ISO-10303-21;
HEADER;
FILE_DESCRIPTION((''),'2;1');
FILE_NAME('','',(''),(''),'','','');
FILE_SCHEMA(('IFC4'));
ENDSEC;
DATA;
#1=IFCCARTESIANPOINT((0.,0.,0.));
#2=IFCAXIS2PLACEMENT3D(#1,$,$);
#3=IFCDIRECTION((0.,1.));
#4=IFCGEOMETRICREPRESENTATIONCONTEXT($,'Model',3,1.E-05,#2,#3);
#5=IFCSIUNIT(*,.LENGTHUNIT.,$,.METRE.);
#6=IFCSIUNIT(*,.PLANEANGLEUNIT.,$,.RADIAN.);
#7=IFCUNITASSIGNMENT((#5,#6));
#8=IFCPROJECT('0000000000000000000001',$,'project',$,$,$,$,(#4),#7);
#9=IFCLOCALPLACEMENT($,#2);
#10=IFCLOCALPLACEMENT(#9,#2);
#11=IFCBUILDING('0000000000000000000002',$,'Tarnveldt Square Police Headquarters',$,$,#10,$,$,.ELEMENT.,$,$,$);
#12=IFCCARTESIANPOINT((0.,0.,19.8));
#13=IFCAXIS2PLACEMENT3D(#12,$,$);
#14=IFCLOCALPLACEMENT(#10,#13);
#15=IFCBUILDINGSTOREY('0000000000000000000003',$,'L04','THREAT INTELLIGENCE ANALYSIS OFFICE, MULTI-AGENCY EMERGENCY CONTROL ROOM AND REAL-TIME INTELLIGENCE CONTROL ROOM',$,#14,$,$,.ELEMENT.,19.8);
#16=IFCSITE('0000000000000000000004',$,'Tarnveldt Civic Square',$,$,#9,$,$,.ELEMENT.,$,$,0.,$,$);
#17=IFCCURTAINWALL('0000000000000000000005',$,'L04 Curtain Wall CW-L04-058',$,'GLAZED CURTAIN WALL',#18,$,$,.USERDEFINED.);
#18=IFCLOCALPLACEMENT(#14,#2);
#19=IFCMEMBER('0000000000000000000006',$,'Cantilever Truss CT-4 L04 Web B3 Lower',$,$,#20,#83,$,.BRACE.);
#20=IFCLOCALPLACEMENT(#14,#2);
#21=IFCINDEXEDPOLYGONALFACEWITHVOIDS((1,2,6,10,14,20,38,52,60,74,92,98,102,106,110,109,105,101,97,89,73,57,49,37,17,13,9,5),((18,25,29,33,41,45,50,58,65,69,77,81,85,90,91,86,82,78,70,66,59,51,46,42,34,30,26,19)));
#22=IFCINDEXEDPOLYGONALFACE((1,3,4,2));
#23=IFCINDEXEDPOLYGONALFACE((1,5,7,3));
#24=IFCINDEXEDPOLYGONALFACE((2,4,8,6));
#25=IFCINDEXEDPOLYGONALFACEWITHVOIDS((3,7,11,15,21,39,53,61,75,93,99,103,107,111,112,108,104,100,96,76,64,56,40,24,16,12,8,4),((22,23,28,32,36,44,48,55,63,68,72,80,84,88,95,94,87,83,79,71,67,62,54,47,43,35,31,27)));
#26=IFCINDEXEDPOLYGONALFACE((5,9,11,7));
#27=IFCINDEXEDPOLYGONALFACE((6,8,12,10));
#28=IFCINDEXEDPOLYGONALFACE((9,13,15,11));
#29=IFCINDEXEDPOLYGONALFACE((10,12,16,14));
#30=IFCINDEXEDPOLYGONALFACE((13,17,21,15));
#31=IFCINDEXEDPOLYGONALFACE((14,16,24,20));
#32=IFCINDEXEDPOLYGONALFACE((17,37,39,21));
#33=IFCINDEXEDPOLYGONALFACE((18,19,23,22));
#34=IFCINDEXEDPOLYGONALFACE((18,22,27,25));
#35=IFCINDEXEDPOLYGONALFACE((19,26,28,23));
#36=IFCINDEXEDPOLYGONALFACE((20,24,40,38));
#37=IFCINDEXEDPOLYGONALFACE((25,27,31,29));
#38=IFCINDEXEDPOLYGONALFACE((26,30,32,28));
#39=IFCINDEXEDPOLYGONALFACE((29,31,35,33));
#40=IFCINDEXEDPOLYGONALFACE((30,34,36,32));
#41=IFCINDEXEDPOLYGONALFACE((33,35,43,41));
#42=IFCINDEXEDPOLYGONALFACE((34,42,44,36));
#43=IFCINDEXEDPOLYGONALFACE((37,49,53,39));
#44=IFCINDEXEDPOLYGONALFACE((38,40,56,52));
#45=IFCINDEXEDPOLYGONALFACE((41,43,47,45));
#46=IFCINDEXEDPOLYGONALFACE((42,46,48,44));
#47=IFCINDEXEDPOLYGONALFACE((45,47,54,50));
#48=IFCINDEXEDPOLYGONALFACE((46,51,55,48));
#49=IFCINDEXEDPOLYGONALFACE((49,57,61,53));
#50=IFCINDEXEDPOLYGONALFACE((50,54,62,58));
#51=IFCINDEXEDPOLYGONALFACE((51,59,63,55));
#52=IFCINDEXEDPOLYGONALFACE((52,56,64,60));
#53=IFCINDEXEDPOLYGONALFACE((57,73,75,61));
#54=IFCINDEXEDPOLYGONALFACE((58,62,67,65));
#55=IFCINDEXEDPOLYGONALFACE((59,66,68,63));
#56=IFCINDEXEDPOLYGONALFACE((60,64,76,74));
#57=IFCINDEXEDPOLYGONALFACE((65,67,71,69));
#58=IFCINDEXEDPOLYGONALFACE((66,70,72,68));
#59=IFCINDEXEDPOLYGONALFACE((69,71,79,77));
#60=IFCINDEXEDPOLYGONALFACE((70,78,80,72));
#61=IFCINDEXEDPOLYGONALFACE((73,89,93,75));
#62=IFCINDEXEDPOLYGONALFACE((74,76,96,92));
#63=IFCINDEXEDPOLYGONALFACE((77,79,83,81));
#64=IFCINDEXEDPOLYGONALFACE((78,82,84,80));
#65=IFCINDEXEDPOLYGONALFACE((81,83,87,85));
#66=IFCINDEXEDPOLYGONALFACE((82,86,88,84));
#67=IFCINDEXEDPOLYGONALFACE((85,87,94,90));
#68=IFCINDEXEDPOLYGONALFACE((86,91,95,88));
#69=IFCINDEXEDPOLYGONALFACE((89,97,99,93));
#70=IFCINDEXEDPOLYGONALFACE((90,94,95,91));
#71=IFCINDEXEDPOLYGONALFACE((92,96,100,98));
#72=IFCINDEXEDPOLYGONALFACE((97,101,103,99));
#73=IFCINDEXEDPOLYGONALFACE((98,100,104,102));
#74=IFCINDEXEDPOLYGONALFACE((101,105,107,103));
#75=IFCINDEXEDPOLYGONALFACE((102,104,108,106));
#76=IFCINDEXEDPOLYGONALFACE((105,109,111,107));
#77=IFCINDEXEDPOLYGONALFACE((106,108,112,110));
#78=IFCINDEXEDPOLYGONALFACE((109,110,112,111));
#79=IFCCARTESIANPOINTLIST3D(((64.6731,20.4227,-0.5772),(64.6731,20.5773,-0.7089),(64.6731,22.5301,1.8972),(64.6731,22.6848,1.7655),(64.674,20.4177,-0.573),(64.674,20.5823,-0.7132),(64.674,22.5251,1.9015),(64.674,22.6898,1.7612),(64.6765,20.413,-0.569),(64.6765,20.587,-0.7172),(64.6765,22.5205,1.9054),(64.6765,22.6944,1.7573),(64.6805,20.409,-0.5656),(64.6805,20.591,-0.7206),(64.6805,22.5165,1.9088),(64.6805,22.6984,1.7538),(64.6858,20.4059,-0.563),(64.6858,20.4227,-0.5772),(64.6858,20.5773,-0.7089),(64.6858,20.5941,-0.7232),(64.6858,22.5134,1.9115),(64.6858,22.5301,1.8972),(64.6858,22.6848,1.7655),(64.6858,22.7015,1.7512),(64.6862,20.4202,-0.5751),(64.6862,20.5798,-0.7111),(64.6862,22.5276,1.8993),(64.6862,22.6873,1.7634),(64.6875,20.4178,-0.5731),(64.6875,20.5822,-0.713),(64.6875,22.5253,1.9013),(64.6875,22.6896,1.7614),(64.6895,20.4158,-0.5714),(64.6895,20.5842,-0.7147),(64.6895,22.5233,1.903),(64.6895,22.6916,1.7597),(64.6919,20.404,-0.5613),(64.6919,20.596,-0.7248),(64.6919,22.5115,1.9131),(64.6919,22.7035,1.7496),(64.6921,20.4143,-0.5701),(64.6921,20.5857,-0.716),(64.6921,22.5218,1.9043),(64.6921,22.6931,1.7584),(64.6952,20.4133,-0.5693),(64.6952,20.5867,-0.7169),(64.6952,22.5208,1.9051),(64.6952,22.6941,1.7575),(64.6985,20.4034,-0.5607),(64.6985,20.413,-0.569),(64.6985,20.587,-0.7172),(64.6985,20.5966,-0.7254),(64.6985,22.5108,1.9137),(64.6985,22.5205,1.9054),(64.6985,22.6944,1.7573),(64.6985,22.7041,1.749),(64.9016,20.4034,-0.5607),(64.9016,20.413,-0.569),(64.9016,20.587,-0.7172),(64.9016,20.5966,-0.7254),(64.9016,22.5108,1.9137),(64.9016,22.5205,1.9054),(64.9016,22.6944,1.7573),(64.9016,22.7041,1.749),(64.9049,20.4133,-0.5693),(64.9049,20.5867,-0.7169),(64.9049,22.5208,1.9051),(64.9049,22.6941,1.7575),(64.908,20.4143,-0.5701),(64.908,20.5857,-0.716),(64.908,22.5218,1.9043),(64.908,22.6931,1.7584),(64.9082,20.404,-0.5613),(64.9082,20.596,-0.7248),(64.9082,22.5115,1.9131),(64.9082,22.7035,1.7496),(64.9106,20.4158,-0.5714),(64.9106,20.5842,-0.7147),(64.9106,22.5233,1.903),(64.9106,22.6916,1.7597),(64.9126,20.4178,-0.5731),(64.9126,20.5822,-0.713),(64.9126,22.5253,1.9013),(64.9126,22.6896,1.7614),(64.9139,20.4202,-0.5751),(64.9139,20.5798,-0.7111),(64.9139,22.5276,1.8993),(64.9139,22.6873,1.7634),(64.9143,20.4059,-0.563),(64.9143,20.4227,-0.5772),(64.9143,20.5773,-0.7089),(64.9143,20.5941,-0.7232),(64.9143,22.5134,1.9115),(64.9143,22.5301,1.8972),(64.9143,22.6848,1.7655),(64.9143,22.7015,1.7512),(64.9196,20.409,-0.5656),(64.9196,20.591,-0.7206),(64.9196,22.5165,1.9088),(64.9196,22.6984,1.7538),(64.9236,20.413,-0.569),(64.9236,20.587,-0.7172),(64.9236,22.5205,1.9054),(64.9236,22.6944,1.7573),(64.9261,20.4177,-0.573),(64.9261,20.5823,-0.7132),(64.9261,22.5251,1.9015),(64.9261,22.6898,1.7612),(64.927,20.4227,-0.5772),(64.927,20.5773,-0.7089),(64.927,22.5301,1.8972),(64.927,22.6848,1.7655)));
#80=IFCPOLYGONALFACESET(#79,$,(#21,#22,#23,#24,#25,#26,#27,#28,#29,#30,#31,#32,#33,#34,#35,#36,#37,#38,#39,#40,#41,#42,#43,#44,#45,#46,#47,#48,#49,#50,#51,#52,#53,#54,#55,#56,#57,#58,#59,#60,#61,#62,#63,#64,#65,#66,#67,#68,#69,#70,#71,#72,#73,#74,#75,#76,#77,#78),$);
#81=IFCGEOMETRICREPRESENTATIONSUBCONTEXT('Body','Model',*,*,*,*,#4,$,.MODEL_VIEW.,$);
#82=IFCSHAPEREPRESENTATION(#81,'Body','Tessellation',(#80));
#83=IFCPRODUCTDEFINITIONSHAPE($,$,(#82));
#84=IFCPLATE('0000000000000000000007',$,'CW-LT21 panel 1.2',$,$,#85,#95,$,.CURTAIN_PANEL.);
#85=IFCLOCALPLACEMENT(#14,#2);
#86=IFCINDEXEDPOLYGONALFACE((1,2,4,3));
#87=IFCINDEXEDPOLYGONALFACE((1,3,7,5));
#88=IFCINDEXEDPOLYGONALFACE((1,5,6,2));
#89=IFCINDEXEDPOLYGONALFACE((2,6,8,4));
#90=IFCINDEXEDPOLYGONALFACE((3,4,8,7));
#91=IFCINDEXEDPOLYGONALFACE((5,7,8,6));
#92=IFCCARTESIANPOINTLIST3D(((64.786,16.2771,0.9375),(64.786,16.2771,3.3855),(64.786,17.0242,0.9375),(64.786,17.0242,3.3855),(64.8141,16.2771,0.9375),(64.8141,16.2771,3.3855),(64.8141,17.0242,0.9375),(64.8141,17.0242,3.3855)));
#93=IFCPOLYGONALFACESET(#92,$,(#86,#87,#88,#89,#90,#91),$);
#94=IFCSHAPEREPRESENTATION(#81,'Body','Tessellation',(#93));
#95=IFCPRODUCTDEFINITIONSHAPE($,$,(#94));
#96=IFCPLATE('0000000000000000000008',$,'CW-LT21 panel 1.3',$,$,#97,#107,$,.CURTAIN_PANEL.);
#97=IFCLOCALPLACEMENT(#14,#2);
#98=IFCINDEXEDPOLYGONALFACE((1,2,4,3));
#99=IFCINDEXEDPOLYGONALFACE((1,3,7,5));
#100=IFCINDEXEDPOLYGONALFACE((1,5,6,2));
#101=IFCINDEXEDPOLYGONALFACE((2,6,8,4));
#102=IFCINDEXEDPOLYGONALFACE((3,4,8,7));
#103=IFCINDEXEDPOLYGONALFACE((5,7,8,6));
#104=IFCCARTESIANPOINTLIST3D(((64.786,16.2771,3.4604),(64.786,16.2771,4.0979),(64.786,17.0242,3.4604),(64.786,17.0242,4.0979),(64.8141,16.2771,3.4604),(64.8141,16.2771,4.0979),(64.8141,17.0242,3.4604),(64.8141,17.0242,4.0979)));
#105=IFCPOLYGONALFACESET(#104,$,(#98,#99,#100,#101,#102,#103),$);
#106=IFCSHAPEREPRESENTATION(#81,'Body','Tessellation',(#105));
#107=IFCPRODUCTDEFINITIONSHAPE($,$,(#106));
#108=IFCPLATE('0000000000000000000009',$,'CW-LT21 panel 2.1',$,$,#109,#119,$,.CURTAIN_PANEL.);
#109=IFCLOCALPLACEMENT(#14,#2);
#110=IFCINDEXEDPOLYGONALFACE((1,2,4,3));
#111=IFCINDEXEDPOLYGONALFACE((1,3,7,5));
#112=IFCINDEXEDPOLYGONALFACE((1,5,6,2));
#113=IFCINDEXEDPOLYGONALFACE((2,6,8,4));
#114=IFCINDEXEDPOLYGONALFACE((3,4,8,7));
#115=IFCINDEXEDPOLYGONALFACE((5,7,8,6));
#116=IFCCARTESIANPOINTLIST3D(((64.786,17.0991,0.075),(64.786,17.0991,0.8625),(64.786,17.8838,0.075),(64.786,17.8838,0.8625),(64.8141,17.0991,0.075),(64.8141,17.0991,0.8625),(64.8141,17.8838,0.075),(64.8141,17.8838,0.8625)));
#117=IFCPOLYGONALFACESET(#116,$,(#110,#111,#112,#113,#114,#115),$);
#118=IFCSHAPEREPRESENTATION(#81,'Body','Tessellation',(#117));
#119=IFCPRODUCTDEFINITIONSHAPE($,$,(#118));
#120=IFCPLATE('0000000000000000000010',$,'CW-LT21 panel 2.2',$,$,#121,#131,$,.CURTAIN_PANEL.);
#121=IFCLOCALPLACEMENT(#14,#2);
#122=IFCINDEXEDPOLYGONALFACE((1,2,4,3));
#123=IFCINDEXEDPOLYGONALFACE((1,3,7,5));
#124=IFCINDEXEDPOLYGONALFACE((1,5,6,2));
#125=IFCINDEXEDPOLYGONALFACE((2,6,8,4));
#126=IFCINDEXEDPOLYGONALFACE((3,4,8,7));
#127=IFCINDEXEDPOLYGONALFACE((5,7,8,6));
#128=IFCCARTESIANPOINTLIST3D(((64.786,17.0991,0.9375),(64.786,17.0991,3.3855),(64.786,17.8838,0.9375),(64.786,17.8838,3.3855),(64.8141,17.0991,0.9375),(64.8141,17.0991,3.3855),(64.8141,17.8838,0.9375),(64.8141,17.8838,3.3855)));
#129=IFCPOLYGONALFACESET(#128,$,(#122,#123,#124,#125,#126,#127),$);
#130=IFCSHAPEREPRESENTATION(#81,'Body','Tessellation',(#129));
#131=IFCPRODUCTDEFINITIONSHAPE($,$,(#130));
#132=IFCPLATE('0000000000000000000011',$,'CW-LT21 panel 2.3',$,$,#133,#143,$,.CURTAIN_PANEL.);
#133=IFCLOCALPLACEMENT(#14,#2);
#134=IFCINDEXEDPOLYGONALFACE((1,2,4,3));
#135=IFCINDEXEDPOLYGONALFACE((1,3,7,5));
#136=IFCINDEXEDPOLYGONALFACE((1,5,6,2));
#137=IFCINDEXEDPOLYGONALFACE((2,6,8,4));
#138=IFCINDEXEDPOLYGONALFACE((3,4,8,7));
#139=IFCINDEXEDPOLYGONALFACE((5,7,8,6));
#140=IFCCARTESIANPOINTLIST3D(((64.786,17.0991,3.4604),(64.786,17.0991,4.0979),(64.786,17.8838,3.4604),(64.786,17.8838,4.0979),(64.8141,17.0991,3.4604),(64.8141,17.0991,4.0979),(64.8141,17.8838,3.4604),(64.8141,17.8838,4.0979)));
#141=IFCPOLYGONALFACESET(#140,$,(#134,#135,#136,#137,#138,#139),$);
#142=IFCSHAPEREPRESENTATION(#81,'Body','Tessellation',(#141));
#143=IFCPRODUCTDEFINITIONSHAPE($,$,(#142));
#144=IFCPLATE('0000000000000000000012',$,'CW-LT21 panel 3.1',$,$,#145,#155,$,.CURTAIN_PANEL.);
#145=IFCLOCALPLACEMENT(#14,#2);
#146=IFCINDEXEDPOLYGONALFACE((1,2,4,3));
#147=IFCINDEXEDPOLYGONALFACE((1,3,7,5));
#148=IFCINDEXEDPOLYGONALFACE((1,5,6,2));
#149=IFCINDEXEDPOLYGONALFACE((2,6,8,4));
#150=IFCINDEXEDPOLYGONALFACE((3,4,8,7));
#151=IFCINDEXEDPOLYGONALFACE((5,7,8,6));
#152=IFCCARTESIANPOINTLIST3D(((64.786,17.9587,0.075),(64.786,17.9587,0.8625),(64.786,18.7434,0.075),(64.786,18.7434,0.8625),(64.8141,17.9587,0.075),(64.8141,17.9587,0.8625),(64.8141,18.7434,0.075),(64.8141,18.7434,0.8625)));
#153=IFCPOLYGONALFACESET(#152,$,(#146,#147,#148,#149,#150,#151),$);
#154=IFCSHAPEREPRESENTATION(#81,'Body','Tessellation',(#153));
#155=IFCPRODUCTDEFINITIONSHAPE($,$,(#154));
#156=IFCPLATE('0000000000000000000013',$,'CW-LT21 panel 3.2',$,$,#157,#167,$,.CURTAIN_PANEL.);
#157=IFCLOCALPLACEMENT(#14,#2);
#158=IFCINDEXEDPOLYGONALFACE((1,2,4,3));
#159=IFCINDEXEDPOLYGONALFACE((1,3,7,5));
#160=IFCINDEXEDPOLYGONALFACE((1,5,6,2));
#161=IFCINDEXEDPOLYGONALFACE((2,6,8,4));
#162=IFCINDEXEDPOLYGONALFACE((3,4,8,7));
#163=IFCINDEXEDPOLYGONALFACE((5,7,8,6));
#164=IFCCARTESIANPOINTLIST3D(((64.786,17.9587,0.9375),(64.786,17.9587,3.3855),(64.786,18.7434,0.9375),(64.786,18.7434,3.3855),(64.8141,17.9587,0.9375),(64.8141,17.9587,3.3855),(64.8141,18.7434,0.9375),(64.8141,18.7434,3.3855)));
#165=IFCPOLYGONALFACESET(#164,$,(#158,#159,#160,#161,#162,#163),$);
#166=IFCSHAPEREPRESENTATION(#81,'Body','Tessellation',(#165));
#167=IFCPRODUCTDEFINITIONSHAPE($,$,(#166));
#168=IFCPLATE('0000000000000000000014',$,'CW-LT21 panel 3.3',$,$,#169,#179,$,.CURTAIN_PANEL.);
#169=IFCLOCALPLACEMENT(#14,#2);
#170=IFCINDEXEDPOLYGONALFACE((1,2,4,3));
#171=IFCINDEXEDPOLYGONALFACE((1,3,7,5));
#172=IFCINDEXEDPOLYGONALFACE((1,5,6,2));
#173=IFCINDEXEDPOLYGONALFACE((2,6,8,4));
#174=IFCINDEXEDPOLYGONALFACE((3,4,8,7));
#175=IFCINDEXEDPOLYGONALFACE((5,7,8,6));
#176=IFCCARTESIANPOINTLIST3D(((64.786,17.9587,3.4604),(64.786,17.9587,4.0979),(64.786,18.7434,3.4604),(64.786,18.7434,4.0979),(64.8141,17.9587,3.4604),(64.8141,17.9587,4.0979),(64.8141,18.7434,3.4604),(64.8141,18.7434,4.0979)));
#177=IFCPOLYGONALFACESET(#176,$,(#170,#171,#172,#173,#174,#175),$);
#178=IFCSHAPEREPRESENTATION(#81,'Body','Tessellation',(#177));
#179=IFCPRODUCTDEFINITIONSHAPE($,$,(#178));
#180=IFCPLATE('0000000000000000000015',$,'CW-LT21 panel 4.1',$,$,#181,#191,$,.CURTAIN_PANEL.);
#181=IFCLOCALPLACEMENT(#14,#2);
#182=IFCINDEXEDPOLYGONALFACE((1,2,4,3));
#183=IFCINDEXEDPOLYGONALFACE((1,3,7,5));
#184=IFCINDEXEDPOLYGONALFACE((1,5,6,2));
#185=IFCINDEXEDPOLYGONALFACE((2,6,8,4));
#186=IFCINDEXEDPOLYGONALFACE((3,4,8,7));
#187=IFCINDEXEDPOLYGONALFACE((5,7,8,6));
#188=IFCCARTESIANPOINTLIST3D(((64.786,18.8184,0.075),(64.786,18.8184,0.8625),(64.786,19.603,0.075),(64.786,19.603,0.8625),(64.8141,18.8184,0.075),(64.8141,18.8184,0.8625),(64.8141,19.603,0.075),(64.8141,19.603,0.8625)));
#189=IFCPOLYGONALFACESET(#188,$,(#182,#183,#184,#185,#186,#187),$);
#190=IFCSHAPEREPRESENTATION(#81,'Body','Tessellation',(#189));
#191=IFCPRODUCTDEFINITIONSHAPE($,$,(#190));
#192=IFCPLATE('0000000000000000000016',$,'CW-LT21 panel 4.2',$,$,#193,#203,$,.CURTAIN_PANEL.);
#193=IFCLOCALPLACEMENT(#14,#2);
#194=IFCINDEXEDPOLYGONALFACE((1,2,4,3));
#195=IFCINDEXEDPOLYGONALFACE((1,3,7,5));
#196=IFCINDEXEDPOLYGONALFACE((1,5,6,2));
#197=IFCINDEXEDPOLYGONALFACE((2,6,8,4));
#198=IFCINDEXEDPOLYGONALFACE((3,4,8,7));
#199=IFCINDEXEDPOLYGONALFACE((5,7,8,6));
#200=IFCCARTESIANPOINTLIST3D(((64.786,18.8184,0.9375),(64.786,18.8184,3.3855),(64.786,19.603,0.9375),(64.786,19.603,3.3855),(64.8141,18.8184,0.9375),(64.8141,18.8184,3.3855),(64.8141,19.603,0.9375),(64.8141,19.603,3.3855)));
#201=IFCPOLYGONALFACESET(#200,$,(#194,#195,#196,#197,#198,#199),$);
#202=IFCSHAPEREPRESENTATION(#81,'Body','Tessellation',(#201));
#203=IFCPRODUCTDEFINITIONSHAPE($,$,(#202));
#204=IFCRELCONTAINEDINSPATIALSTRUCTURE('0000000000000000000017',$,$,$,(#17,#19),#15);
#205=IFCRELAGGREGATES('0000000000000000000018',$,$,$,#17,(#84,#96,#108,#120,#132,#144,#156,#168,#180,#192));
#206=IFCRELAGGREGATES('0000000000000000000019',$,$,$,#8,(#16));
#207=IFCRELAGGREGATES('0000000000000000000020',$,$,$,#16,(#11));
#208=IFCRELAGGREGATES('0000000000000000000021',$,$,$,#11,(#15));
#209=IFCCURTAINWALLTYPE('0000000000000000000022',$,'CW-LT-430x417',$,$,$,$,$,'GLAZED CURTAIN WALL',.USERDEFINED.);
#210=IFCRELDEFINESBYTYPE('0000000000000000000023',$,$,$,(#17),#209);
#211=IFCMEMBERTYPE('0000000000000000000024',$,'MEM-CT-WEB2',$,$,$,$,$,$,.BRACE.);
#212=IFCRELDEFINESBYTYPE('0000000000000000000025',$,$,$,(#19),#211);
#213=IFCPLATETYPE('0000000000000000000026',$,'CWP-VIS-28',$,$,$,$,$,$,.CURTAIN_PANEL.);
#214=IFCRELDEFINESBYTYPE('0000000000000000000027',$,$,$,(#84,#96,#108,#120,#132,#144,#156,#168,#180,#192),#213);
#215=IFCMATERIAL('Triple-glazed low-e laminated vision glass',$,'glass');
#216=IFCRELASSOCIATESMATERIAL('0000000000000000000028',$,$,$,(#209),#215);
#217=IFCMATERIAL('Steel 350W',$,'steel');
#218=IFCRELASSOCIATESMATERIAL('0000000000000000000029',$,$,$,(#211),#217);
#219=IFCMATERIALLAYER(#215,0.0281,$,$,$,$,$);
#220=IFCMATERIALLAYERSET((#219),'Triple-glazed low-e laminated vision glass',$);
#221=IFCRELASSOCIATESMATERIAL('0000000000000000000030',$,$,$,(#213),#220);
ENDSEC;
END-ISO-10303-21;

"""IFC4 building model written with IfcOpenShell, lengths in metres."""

from ifc_helpers import new_model, si_unit, direction, frame, origin, origin_2d, place, context, subcontext, project, spatial, rectangle, hollow_rectangle, extrude, material, layer, layer_set, material_profile, profile_set, type_object, element, aggregate, save


model = new_model("IFC4")

# Units and contexts
model_context = context("Model", 3, precision=1e-05, world=origin(), true_north=direction((0.0, 1.0)))
body_context = subcontext(model_context, "Body", "Model", "MODEL_VIEW")
ifc_project = project(units=[si_unit("LENGTHUNIT", "METRE"), si_unit("PLANEANGLEUNIT", "RADIAN")], contexts=[model_context])

# Site, building, storey
site_placement = place(None, origin())
site = spatial("IfcSite", under=ifc_project, at=site_placement, Name="Tarnveldt Civic Square", CompositionType="ELEMENT", RefElevation=0.0)
building_placement = place(site_placement, origin())
building = spatial("IfcBuilding", under=site, at=building_placement, Name="Tarnveldt Square Police Headquarters", CompositionType="ELEMENT")
storey_placement = place(building_placement, frame((0.0, 0.0, 19.8)))
storey = spatial("IfcBuildingStorey", under=building, at=storey_placement, Name="L04", Description="THREAT INTELLIGENCE ANALYSIS OFFICE, MULTI-AGENCY EMERGENCY CONTROL ROOM AND REAL-TIME INTELLIGENCE CONTROL ROOM", CompositionType="ELEMENT", Elevation=19.8)

# Curtain wall
ifc_material_1 = material(Name="Triple-glazed low-e laminated vision glass", Category="glass")
curtain_wall_type = type_object("IfcCurtainWallType", Name="CW-LT-430x417", ElementType="GLAZED CURTAIN WALL", PredefinedType="USERDEFINED", material=ifc_material_1)
curtain_wall_placement = place(storey_placement, origin())
curtain_wall = element("IfcCurtainWall", 1, at=curtain_wall_placement, inside=storey, type_object=curtain_wall_type, Name="L04 Curtain Wall CW-L04-058", ObjectType="GLAZED CURTAIN WALL", PredefinedType="USERDEFINED")

# Member
ifc_material_2 = material(Name="Steel 350W", Category="steel")
ifc_material_profile_1 = material_profile(ifc_material_2, hollow_rectangle(XDim=0.2539, YDim=0.2539, WallThickness=0.0127, InnerFilletRadius=0.0127, OuterFilletRadius=0.0254, at=origin_2d()), Name="HSS254x254x13")
ifc_profile_set_1 = profile_set([ifc_material_profile_1], Name="Steel 350W")
member_type_1 = type_object("IfcMemberType", Name="MEM-CT-WEB2", PredefinedType="BRACE", material=ifc_profile_set_1)
member_1_placement = place(storey_placement, frame((64.8, 20.5, -0.6431), z_axis=(0.0, 0.6484, 0.7613), x_axis=(-1.0, 0.0, 0.0)))
element("IfcMember", 2, at=member_1_placement, inside=storey, type_object=member_type_1, Name="Cantilever Truss CT-4 L04 Web B3 Lower", PredefinedType="BRACE", context=body_context, shape_type="SweptSolid", body=[
    extrude(hollow_rectangle(XDim=0.2539, YDim=0.2539, WallThickness=0.0127, InnerFilletRadius=0.0127, OuterFilletRadius=0.0254, at=origin_2d()), origin(), (0.0, 0.0, 1.0), 3.2502),
])

# Plates
ifc_layer_1 = layer(ifc_material_1, 0.0281)
ifc_layer_set_1 = layer_set([ifc_layer_1], Name="Triple-glazed low-e laminated vision glass")
plate_type_1 = type_object("IfcPlateType", Name="CWP-VIS-28", PredefinedType="CURTAIN_PANEL", material=ifc_layer_set_1)
plate_1_placement = place(storey_placement, frame((64.8, 16.6506, 0.9375), z_axis=(0.0, 0.0, 1.0), x_axis=(0.0, 1.0, 0.0)))
plate_1 = element("IfcPlate", 3, at=plate_1_placement, type_object=plate_type_1, Name="CW-LT21 panel 1.2", PredefinedType="CURTAIN_PANEL", context=body_context, shape_type="SweptSolid", body=[
    extrude(rectangle(XDim=0.7471, YDim=0.0281, at=origin_2d()), origin(), (0.0, 0.0, 1.0), 2.448),
])
plate_2_placement = place(storey_placement, frame((64.8, 16.6506, 3.4604), z_axis=(0.0, 0.0, 1.0), x_axis=(0.0, 1.0, 0.0)))
plate_2 = element("IfcPlate", 4, at=plate_2_placement, type_object=plate_type_1, Name="CW-LT21 panel 1.3", PredefinedType="CURTAIN_PANEL", context=body_context, shape_type="SweptSolid", body=[
    extrude(rectangle(XDim=0.7471, YDim=0.0281, at=origin_2d()), origin(), (0.0, 0.0, 1.0), 0.6375),
])
plate_3_placement = place(storey_placement, frame((64.8, 17.4915, 0.075), z_axis=(0.0, 0.0, 1.0), x_axis=(0.0, 1.0, 0.0)))
plate_3 = element("IfcPlate", 5, at=plate_3_placement, type_object=plate_type_1, Name="CW-LT21 panel 2.1", PredefinedType="CURTAIN_PANEL", context=body_context, shape_type="SweptSolid", body=[
    extrude(rectangle(XDim=0.7847, YDim=0.0281, at=origin_2d()), origin(), (0.0, 0.0, 1.0), 0.7876),
])
plate_4_placement = place(storey_placement, frame((64.8, 17.4915, 0.9375), z_axis=(0.0, 0.0, 1.0), x_axis=(0.0, 1.0, 0.0)))
plate_4 = element("IfcPlate", 6, at=plate_4_placement, type_object=plate_type_1, Name="CW-LT21 panel 2.2", PredefinedType="CURTAIN_PANEL", context=body_context, shape_type="SweptSolid", body=[
    extrude(rectangle(XDim=0.7847, YDim=0.0281, at=origin_2d()), origin(), (0.0, 0.0, 1.0), 2.448),
])
plate_5_placement = place(storey_placement, frame((64.8, 17.4915, 3.4604), z_axis=(0.0, 0.0, 1.0), x_axis=(0.0, 1.0, 0.0)))
plate_5 = element("IfcPlate", 7, at=plate_5_placement, type_object=plate_type_1, Name="CW-LT21 panel 2.3", PredefinedType="CURTAIN_PANEL", context=body_context, shape_type="SweptSolid", body=[
    extrude(rectangle(XDim=0.7847, YDim=0.0281, at=origin_2d()), origin(), (0.0, 0.0, 1.0), 0.6375),
])
plate_6_placement = place(storey_placement, frame((64.8, 18.3511, 0.075), z_axis=(0.0, 0.0, 1.0), x_axis=(0.0, 1.0, 0.0)))
plate_6 = element("IfcPlate", 8, at=plate_6_placement, type_object=plate_type_1, Name="CW-LT21 panel 3.1", PredefinedType="CURTAIN_PANEL", context=body_context, shape_type="SweptSolid", body=[
    extrude(rectangle(XDim=0.7847, YDim=0.0281, at=origin_2d()), origin(), (0.0, 0.0, 1.0), 0.7876),
])
plate_7_placement = place(storey_placement, frame((64.8, 18.3511, 0.9375), z_axis=(0.0, 0.0, 1.0), x_axis=(0.0, 1.0, 0.0)))
plate_7 = element("IfcPlate", 9, at=plate_7_placement, type_object=plate_type_1, Name="CW-LT21 panel 3.2", PredefinedType="CURTAIN_PANEL", context=body_context, shape_type="SweptSolid", body=[
    extrude(rectangle(XDim=0.7847, YDim=0.0281, at=origin_2d()), origin(), (0.0, 0.0, 1.0), 2.448),
])
plate_8_placement = place(storey_placement, frame((64.8, 18.3511, 3.4604), z_axis=(0.0, 0.0, 1.0), x_axis=(0.0, 1.0, 0.0)))
plate_8 = element("IfcPlate", 10, at=plate_8_placement, type_object=plate_type_1, Name="CW-LT21 panel 3.3", PredefinedType="CURTAIN_PANEL", context=body_context, shape_type="SweptSolid", body=[
    extrude(rectangle(XDim=0.7847, YDim=0.0281, at=origin_2d()), origin(), (0.0, 0.0, 1.0), 0.6375),
])
plate_9_placement = place(storey_placement, frame((64.8, 19.2107, 0.075), z_axis=(0.0, 0.0, 1.0), x_axis=(0.0, 1.0, 0.0)))
plate_9 = element("IfcPlate", 11, at=plate_9_placement, type_object=plate_type_1, Name="CW-LT21 panel 4.1", PredefinedType="CURTAIN_PANEL", context=body_context, shape_type="SweptSolid", body=[
    extrude(rectangle(XDim=0.7847, YDim=0.0281, at=origin_2d()), origin(), (0.0, 0.0, 1.0), 0.7876),
])
plate_10_placement = place(storey_placement, frame((64.8, 19.2107, 0.9375), z_axis=(0.0, 0.0, 1.0), x_axis=(0.0, 1.0, 0.0)))
plate_10 = element("IfcPlate", 12, at=plate_10_placement, type_object=plate_type_1, Name="CW-LT21 panel 4.2", PredefinedType="CURTAIN_PANEL", context=body_context, shape_type="SweptSolid", body=[
    extrude(rectangle(XDim=0.7847, YDim=0.0281, at=origin_2d()), origin(), (0.0, 0.0, 1.0), 2.448),
])
aggregate(curtain_wall, [plate_1, plate_2, plate_3, plate_4, plate_5, plate_6, plate_7, plate_8, plate_9, plate_10])

save(model, "model.ifc")
